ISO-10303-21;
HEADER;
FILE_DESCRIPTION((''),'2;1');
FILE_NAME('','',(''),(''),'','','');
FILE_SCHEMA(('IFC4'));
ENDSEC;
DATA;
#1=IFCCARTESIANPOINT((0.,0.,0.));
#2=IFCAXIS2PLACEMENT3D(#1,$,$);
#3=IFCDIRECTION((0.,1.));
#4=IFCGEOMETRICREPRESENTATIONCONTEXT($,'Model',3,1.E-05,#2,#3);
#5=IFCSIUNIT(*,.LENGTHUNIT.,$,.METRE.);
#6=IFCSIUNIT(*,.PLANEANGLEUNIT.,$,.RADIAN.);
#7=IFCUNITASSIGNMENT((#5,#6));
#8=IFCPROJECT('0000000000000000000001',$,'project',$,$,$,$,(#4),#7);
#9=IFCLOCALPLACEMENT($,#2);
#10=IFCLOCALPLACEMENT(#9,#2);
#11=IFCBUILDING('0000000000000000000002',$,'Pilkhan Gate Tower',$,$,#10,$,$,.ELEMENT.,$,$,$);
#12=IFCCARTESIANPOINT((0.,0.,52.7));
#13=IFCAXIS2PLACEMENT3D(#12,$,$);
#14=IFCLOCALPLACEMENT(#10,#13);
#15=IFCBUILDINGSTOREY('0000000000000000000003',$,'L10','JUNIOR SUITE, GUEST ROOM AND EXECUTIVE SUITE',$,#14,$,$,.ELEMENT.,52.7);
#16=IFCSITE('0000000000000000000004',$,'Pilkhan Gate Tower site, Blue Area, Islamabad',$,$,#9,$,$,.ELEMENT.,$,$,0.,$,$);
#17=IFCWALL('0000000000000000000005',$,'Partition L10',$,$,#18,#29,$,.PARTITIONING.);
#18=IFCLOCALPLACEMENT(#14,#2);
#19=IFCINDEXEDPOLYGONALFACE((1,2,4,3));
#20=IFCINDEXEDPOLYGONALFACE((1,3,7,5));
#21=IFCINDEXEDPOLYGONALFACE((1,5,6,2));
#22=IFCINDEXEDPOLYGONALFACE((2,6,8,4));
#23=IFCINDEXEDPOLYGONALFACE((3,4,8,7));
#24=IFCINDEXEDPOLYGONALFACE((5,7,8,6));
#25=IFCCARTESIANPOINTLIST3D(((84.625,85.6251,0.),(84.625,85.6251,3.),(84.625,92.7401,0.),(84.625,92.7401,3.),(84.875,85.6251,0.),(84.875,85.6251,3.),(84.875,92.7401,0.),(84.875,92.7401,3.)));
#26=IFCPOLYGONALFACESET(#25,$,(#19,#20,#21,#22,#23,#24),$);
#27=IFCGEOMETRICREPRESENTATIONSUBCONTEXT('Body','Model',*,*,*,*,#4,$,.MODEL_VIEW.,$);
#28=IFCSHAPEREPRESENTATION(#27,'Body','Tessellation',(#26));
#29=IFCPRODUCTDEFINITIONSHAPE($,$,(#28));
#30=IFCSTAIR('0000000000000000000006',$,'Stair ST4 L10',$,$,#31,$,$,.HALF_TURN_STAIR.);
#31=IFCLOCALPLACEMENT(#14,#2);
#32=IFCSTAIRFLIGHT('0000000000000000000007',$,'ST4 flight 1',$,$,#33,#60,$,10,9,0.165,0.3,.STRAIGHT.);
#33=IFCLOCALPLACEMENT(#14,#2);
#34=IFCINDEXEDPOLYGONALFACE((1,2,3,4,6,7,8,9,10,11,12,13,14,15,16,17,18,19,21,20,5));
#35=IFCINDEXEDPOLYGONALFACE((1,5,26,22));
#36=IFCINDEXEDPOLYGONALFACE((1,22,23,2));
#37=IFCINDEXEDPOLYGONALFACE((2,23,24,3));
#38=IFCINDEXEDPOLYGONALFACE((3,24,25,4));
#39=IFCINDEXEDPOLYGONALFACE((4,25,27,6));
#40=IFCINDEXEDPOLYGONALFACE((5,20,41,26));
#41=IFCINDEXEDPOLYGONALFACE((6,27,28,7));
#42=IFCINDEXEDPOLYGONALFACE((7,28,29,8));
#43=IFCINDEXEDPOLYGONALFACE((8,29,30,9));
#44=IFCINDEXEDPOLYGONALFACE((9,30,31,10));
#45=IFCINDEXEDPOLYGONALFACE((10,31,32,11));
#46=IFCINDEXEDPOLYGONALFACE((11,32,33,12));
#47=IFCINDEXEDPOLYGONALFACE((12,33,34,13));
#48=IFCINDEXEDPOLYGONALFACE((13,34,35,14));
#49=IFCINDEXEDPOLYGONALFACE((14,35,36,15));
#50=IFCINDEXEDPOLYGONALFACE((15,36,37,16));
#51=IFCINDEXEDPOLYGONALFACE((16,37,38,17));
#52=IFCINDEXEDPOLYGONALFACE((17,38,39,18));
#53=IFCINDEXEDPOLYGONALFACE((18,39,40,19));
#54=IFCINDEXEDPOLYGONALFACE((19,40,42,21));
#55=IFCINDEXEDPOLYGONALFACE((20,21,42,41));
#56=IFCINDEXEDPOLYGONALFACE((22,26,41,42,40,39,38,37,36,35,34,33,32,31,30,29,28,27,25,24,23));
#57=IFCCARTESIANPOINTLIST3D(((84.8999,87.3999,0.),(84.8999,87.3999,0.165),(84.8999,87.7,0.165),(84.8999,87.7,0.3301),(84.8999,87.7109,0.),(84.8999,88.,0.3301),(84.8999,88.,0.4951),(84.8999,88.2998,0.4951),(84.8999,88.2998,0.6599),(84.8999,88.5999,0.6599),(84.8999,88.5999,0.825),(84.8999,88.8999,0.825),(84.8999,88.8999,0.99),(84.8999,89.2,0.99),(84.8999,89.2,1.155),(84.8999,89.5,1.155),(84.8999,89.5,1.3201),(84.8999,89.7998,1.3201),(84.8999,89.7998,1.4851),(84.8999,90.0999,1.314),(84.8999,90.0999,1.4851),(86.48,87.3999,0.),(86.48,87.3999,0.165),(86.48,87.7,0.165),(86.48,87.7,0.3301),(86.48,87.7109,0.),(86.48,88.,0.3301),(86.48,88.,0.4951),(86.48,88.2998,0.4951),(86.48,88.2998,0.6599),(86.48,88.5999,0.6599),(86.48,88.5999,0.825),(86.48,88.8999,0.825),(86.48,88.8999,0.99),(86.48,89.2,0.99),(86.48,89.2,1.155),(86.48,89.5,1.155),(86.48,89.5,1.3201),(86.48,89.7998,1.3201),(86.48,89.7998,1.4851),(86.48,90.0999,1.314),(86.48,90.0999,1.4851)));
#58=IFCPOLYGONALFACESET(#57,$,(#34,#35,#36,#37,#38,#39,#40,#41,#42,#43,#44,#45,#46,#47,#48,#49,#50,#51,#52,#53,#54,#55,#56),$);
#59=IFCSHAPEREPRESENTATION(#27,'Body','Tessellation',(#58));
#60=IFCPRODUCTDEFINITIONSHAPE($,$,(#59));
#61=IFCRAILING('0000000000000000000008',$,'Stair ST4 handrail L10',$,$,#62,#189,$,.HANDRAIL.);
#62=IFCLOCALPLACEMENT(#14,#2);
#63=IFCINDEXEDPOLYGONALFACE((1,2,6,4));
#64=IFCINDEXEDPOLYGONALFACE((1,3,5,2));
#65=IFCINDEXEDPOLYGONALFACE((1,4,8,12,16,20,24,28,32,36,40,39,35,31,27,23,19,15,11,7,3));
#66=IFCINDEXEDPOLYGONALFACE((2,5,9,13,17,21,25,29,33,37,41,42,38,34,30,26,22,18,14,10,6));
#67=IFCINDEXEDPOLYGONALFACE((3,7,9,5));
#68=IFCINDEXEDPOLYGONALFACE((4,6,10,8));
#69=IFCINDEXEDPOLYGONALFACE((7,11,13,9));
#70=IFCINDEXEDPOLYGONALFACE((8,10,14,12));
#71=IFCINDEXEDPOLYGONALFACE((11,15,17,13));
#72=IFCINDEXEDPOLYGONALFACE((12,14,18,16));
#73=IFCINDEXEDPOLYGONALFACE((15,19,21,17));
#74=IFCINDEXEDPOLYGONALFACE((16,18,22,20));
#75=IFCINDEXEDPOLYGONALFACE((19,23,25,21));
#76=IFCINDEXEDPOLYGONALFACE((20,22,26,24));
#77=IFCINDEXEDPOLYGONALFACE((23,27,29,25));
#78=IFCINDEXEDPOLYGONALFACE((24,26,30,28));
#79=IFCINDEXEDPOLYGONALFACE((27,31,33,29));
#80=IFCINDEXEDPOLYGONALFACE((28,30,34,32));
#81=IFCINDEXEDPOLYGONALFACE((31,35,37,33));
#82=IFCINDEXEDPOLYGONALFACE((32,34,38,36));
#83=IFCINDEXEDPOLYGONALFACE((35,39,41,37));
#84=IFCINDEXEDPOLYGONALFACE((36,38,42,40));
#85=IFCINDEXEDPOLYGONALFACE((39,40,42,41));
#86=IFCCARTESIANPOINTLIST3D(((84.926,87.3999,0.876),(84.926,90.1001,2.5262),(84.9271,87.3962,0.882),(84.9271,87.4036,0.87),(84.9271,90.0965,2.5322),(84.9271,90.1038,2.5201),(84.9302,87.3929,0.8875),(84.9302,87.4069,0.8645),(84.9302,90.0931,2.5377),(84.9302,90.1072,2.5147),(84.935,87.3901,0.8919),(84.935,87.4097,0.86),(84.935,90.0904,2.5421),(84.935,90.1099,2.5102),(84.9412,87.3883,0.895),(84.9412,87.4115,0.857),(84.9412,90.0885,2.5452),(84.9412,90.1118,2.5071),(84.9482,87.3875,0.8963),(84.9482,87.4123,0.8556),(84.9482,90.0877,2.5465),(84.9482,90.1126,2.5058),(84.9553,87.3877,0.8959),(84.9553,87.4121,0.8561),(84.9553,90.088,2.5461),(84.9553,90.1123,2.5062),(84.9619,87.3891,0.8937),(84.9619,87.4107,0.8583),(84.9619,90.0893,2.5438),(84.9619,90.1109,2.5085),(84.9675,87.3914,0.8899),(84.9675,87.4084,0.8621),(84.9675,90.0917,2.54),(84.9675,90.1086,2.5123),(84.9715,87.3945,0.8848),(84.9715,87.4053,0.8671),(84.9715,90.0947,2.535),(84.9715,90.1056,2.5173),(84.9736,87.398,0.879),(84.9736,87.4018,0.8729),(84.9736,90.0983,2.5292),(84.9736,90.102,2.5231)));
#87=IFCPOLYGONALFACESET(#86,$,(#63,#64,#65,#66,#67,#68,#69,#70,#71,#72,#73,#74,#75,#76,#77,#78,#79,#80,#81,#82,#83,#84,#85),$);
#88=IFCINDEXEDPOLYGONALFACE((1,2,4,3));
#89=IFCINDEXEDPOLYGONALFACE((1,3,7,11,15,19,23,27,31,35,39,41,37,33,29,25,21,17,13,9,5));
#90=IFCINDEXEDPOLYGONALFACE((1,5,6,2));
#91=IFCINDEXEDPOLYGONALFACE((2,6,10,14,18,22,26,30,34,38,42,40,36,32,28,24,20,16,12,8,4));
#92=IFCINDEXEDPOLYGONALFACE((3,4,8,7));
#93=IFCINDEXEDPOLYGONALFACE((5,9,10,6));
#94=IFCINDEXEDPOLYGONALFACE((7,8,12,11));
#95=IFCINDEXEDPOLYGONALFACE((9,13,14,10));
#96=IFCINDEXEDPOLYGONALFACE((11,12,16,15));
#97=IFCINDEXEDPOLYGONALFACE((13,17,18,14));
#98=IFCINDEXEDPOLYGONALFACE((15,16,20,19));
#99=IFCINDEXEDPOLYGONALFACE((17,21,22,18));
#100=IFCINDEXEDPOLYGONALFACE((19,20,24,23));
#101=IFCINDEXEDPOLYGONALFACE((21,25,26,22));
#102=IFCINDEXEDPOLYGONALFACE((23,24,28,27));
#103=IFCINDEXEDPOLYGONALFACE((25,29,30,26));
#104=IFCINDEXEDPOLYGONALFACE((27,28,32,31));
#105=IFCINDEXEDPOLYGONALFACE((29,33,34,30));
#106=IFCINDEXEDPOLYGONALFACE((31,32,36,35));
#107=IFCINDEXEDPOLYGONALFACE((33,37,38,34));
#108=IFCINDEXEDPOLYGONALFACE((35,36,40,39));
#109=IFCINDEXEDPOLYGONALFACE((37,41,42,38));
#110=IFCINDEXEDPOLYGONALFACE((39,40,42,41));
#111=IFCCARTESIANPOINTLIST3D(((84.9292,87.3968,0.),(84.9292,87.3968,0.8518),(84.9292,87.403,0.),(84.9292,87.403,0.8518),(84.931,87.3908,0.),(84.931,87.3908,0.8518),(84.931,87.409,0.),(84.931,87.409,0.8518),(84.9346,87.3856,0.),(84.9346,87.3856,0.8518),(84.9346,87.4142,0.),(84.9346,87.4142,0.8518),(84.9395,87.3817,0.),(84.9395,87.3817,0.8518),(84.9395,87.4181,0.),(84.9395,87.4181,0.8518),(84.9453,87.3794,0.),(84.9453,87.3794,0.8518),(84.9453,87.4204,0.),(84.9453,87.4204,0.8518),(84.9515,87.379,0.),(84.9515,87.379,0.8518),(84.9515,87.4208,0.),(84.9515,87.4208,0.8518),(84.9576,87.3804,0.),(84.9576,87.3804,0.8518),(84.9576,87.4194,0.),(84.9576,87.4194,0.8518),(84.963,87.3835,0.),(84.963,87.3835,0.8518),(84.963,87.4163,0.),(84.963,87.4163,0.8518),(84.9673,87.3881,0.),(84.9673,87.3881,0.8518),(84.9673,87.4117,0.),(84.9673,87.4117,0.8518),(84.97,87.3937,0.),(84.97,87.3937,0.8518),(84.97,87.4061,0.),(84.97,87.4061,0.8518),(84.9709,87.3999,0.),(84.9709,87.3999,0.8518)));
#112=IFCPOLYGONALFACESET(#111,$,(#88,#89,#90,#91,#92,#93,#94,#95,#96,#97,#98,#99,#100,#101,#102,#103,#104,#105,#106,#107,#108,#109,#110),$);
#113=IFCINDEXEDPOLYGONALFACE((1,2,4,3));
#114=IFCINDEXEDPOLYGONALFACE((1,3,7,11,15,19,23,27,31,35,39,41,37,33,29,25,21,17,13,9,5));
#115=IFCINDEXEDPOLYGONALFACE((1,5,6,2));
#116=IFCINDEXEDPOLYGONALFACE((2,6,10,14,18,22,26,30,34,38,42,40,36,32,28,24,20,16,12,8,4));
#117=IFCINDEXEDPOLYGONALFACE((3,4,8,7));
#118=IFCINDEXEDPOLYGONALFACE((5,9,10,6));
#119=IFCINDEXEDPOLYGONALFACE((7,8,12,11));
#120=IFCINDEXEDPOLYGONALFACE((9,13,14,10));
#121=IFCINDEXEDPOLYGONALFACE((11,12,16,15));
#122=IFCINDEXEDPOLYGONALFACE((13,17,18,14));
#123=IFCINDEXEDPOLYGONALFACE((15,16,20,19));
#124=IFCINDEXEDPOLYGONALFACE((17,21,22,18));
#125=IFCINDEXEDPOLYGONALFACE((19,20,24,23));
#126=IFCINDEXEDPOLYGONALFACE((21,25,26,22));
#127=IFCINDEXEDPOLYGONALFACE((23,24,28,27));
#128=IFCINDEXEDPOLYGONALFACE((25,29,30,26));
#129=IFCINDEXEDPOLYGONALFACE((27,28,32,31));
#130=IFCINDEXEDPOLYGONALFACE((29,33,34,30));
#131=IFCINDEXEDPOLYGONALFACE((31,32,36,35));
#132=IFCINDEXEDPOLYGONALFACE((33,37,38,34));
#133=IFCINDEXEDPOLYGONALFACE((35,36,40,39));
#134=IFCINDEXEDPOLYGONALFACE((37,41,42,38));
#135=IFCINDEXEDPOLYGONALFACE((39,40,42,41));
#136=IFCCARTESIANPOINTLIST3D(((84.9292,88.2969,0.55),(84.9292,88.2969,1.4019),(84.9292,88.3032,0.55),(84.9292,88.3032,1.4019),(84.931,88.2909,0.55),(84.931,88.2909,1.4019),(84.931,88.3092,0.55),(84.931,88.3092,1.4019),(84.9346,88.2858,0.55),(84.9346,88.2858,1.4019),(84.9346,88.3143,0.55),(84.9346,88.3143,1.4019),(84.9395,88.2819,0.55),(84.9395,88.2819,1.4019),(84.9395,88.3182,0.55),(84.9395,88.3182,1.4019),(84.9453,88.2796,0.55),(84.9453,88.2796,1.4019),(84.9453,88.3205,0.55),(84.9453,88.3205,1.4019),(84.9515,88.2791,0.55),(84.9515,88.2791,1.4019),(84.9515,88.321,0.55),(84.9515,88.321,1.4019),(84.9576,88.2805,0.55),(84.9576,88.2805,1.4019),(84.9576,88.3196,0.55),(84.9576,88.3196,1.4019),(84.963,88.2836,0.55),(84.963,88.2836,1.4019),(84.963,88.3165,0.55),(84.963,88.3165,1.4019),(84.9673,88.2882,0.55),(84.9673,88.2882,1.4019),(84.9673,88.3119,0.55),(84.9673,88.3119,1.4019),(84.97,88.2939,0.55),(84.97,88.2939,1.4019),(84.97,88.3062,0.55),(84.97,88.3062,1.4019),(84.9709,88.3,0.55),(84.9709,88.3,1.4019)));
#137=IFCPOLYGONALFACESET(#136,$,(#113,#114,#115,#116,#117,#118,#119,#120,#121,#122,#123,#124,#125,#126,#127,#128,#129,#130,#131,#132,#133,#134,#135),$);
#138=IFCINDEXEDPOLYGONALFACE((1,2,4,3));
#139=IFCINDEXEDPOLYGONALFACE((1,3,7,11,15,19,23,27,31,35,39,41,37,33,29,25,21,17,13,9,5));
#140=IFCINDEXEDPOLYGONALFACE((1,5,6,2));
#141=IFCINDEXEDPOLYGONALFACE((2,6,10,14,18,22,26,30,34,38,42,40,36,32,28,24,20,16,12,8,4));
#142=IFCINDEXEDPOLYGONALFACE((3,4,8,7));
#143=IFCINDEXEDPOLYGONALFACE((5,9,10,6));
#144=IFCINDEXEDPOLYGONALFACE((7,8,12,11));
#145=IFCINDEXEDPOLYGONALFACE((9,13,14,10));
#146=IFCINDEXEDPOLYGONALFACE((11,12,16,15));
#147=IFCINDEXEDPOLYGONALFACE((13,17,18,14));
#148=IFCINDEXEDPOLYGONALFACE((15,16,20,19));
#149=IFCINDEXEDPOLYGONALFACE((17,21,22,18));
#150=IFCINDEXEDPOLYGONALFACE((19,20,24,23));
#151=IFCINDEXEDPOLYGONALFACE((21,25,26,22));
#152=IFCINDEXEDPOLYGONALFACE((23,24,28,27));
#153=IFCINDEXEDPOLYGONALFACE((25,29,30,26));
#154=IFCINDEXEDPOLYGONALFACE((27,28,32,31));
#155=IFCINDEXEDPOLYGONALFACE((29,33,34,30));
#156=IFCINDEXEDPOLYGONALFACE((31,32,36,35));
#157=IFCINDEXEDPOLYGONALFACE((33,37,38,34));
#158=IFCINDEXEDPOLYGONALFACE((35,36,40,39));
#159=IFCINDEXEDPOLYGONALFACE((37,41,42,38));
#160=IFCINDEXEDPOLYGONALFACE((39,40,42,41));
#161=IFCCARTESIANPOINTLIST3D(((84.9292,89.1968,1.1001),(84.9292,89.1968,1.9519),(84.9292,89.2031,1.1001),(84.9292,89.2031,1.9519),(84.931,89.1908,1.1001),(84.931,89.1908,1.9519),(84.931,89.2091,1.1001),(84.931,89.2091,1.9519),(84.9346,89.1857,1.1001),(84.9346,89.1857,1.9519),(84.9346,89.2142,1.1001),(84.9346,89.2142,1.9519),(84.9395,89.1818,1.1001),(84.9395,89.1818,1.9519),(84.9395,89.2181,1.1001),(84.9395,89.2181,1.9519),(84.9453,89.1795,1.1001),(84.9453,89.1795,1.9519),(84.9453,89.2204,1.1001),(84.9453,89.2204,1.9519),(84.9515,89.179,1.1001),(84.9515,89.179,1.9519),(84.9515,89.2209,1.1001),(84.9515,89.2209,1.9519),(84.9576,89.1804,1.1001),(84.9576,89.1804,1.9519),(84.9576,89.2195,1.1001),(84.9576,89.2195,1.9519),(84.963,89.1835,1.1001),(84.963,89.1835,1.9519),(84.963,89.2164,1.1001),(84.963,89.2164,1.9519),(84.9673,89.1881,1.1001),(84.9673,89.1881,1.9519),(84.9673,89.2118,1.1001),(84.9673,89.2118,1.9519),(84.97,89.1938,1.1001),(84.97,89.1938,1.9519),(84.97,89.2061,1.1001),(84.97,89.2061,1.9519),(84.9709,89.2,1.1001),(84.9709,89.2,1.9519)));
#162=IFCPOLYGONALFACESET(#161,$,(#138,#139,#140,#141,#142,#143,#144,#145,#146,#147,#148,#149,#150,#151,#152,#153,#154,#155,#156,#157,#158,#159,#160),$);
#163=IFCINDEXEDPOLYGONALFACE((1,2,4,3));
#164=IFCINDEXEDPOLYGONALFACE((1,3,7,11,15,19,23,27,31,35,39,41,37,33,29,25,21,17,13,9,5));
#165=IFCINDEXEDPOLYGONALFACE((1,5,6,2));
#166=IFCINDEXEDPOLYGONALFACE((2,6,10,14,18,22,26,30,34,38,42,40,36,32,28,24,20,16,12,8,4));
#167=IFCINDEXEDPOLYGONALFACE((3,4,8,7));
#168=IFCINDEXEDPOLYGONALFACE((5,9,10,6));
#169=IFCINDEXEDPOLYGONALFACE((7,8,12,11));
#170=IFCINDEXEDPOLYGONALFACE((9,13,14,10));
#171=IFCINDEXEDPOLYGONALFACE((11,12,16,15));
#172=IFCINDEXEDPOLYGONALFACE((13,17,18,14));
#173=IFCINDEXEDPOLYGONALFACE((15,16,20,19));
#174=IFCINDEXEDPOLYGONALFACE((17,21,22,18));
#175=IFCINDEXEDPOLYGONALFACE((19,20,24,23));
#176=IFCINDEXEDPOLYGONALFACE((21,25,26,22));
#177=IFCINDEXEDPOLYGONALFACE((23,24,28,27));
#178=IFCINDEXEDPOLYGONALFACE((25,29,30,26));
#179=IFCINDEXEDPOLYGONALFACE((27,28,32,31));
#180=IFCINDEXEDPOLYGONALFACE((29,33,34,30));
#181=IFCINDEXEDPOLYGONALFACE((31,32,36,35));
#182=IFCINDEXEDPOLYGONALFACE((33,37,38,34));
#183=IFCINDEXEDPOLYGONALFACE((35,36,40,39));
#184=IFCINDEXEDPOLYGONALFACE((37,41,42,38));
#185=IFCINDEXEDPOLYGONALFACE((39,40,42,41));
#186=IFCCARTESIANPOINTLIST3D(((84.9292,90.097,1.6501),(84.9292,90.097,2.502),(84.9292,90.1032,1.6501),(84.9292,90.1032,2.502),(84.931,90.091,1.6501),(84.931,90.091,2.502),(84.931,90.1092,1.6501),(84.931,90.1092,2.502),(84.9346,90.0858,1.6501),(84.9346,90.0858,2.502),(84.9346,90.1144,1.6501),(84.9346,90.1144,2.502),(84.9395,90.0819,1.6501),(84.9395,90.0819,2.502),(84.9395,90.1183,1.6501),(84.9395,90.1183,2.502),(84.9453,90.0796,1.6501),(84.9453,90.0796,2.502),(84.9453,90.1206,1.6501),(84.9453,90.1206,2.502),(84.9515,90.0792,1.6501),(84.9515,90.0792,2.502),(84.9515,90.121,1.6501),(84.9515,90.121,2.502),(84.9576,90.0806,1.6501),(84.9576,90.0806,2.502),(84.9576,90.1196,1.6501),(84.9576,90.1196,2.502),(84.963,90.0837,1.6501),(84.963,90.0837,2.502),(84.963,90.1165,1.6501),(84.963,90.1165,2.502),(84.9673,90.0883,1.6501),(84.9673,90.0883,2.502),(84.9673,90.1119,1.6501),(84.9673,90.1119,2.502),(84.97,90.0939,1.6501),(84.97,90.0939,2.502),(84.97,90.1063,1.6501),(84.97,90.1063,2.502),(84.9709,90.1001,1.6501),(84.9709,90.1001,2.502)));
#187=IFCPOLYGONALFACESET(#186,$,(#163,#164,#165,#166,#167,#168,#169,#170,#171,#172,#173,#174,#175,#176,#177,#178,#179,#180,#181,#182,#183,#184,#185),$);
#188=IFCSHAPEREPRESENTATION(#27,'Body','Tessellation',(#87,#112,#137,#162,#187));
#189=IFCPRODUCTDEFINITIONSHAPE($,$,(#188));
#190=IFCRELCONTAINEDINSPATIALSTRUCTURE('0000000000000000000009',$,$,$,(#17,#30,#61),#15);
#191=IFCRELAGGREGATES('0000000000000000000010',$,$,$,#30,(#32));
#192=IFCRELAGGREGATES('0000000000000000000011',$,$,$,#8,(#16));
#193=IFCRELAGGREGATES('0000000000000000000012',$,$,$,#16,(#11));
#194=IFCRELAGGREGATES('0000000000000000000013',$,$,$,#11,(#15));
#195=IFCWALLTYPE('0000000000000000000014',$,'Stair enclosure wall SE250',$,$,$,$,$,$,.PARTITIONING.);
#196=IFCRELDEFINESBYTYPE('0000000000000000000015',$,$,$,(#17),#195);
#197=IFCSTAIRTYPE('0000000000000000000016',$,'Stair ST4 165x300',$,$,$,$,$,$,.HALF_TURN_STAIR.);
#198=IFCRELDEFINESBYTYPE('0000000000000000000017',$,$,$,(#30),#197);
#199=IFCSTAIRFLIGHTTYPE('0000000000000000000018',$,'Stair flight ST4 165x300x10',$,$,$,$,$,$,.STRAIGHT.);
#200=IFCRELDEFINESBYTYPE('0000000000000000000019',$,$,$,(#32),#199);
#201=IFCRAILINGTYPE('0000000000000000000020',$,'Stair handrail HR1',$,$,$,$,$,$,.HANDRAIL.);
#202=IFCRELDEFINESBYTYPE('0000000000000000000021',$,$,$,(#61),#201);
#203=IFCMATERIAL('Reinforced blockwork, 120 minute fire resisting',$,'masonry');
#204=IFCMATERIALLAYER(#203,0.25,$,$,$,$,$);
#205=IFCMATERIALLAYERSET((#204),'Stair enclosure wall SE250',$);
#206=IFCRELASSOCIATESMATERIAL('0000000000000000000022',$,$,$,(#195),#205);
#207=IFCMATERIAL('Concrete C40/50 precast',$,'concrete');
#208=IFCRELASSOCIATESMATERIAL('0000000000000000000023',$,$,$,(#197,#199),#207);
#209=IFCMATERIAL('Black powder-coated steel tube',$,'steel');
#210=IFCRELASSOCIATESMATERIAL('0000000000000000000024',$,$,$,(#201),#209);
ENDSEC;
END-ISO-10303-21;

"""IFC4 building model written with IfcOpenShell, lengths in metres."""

from ifc_helpers import new_model, si_unit, direction, frame, frame_2d, origin, origin_2d, place, context, subcontext, project, spatial, polyline, rectangle, circle, outline, extrude, material, layer, layer_set, type_object, element, aggregate, save


model = new_model("IFC4")

# Units and contexts
model_context = context("Model", 3, precision=1e-05, world=origin(), true_north=direction((0.0, 1.0)))
body_context = subcontext(model_context, "Body", "Model", "MODEL_VIEW")
ifc_project = project(units=[si_unit("LENGTHUNIT", "METRE"), si_unit("PLANEANGLEUNIT", "RADIAN")], contexts=[model_context])

# Site, building, storey
site_placement = place(None, origin())
site = spatial("IfcSite", under=ifc_project, at=site_placement, Name="Pilkhan Gate Tower site, Blue Area, Islamabad", CompositionType="ELEMENT", RefElevation=0.0)
building_placement = place(site_placement, origin())
building = spatial("IfcBuilding", under=site, at=building_placement, Name="Pilkhan Gate Tower", CompositionType="ELEMENT")
storey_placement = place(building_placement, frame((0.0, 0.0, 52.7)))
storey = spatial("IfcBuildingStorey", under=building, at=storey_placement, Name="L10", Description="JUNIOR SUITE, GUEST ROOM AND EXECUTIVE SUITE", CompositionType="ELEMENT", Elevation=52.7)

# Wall
ifc_material_1 = material(Name="Reinforced blockwork, 120 minute fire resisting", Category="masonry")
ifc_layer_1 = layer(ifc_material_1, 0.25)
ifc_layer_set_1 = layer_set([ifc_layer_1], Name="Stair enclosure wall SE250")
wall_type_1 = type_object("IfcWallType", Name="Stair enclosure wall SE250", PredefinedType="PARTITIONING", material=ifc_layer_set_1)
wall_1_placement = place(storey_placement, frame((84.75, 85.625, 0.0), z_axis=(0.0, 0.0, 1.0), x_axis=(0.0, 1.0, 0.0)))
element("IfcWall", 1, at=wall_1_placement, inside=storey, type_object=wall_type_1, Name="Partition L10", PredefinedType="PARTITIONING", context=body_context, shape_type="SweptSolid", body=[
    extrude(rectangle(XDim=7.115, YDim=0.25, at=frame_2d((3.5576, 0.0))), origin(), (0.0, 0.0, 1.0), 3.0),
])

# Stair, stair flight
ifc_material_2 = material(Name="Concrete C40/50 precast", Category="concrete")
stair_type = type_object("IfcStairType", Name="Stair ST4 165x300", PredefinedType="HALF_TURN_STAIR", material=ifc_material_2)
stair_placement = place(storey_placement, origin())
stair = element("IfcStair", 2, at=stair_placement, inside=storey, type_object=stair_type, Name="Stair ST4 L10", PredefinedType="HALF_TURN_STAIR")
stair_flight_type = type_object("IfcStairFlightType", Name="Stair flight ST4 165x300x10", PredefinedType="STRAIGHT", material=ifc_material_2)
stair_flight_placement = place(storey_placement, frame((85.6899, 87.3999, 0.0), z_axis=(0.0, 0.0, 1.0), x_axis=(0.0, 1.0, 0.0)))
stair_flight = element("IfcStairFlight", 3, at=stair_flight_placement, type_object=stair_flight_type, Name="ST4 flight 1", NumberOfRisers=10, NumberOfTreads=9, PredefinedType="STRAIGHT", RiserHeight=0.165, TreadLength=0.3, context=body_context, shape_type="SweptSolid", body=[
    extrude(outline(polyline([(0.0, 0.0), (0.0, 0.165), (0.3, 0.165), (0.3, 0.3301), (0.6001, 0.3301), (0.6001, 0.4951), (0.8999, 0.4951), (0.8999, 0.6599), (1.2, 0.6599), (1.2, 0.825), (1.5, 0.825), (1.5, 0.99), (1.8, 0.99), (1.8, 1.155), (2.1001, 1.155), (2.1001, 1.3201), (2.3999, 1.3201), (2.3999, 1.4851), (2.7, 1.4851), (2.7, 1.6499), (2.7, 1.314), (0.311, 0.0), (0.0, 0.0)])), frame((0.0, 0.79, 0.0), z_axis=(0.0, -1.0, 0.0), x_axis=(1.0, 0.0, 0.0)), (0.0, 0.0, 1.0), 1.5801),
])
aggregate(stair, [stair_flight])

# Railing
ifc_material_3 = material(Name="Black powder-coated steel tube", Category="steel")
railing_type_1 = type_object("IfcRailingType", Name="Stair handrail HR1", PredefinedType="HANDRAIL", material=ifc_material_3)
railing_placement = place(storey_placement, frame((84.95, 87.3999, 0.0)))
element("IfcRailing", 4, at=railing_placement, inside=storey, type_object=railing_type_1, Name="Stair ST4 handrail L10", PredefinedType="HANDRAIL", context=body_context, shape_type="SweptSolid", body=[
    extrude(circle(Radius=0.0239, at=origin_2d()), frame((0.0, 0.0, 0.876), z_axis=(0.0, 0.853278, 0.521456), x_axis=(-1.0, 0.0, 0.0)), (0.0, 0.0, 1.0), 3.1646),
    extrude(circle(Radius=0.021, at=origin_2d()), origin(), (0.0, 0.0, 1.0), 0.8518),
    extrude(circle(Radius=0.021, at=origin_2d()), frame((0.0, 0.9001, 0.55)), (0.0, 0.0, 1.0), 0.8518),
    extrude(circle(Radius=0.021, at=origin_2d()), frame((0.0, 1.8, 1.1001)), (0.0, 0.0, 1.0), 0.8518),
    extrude(circle(Radius=0.021, at=origin_2d()), frame((0.0, 2.7002, 1.6501)), (0.0, 0.0, 1.0), 0.8518),
])

save(model, "model.ifc")
